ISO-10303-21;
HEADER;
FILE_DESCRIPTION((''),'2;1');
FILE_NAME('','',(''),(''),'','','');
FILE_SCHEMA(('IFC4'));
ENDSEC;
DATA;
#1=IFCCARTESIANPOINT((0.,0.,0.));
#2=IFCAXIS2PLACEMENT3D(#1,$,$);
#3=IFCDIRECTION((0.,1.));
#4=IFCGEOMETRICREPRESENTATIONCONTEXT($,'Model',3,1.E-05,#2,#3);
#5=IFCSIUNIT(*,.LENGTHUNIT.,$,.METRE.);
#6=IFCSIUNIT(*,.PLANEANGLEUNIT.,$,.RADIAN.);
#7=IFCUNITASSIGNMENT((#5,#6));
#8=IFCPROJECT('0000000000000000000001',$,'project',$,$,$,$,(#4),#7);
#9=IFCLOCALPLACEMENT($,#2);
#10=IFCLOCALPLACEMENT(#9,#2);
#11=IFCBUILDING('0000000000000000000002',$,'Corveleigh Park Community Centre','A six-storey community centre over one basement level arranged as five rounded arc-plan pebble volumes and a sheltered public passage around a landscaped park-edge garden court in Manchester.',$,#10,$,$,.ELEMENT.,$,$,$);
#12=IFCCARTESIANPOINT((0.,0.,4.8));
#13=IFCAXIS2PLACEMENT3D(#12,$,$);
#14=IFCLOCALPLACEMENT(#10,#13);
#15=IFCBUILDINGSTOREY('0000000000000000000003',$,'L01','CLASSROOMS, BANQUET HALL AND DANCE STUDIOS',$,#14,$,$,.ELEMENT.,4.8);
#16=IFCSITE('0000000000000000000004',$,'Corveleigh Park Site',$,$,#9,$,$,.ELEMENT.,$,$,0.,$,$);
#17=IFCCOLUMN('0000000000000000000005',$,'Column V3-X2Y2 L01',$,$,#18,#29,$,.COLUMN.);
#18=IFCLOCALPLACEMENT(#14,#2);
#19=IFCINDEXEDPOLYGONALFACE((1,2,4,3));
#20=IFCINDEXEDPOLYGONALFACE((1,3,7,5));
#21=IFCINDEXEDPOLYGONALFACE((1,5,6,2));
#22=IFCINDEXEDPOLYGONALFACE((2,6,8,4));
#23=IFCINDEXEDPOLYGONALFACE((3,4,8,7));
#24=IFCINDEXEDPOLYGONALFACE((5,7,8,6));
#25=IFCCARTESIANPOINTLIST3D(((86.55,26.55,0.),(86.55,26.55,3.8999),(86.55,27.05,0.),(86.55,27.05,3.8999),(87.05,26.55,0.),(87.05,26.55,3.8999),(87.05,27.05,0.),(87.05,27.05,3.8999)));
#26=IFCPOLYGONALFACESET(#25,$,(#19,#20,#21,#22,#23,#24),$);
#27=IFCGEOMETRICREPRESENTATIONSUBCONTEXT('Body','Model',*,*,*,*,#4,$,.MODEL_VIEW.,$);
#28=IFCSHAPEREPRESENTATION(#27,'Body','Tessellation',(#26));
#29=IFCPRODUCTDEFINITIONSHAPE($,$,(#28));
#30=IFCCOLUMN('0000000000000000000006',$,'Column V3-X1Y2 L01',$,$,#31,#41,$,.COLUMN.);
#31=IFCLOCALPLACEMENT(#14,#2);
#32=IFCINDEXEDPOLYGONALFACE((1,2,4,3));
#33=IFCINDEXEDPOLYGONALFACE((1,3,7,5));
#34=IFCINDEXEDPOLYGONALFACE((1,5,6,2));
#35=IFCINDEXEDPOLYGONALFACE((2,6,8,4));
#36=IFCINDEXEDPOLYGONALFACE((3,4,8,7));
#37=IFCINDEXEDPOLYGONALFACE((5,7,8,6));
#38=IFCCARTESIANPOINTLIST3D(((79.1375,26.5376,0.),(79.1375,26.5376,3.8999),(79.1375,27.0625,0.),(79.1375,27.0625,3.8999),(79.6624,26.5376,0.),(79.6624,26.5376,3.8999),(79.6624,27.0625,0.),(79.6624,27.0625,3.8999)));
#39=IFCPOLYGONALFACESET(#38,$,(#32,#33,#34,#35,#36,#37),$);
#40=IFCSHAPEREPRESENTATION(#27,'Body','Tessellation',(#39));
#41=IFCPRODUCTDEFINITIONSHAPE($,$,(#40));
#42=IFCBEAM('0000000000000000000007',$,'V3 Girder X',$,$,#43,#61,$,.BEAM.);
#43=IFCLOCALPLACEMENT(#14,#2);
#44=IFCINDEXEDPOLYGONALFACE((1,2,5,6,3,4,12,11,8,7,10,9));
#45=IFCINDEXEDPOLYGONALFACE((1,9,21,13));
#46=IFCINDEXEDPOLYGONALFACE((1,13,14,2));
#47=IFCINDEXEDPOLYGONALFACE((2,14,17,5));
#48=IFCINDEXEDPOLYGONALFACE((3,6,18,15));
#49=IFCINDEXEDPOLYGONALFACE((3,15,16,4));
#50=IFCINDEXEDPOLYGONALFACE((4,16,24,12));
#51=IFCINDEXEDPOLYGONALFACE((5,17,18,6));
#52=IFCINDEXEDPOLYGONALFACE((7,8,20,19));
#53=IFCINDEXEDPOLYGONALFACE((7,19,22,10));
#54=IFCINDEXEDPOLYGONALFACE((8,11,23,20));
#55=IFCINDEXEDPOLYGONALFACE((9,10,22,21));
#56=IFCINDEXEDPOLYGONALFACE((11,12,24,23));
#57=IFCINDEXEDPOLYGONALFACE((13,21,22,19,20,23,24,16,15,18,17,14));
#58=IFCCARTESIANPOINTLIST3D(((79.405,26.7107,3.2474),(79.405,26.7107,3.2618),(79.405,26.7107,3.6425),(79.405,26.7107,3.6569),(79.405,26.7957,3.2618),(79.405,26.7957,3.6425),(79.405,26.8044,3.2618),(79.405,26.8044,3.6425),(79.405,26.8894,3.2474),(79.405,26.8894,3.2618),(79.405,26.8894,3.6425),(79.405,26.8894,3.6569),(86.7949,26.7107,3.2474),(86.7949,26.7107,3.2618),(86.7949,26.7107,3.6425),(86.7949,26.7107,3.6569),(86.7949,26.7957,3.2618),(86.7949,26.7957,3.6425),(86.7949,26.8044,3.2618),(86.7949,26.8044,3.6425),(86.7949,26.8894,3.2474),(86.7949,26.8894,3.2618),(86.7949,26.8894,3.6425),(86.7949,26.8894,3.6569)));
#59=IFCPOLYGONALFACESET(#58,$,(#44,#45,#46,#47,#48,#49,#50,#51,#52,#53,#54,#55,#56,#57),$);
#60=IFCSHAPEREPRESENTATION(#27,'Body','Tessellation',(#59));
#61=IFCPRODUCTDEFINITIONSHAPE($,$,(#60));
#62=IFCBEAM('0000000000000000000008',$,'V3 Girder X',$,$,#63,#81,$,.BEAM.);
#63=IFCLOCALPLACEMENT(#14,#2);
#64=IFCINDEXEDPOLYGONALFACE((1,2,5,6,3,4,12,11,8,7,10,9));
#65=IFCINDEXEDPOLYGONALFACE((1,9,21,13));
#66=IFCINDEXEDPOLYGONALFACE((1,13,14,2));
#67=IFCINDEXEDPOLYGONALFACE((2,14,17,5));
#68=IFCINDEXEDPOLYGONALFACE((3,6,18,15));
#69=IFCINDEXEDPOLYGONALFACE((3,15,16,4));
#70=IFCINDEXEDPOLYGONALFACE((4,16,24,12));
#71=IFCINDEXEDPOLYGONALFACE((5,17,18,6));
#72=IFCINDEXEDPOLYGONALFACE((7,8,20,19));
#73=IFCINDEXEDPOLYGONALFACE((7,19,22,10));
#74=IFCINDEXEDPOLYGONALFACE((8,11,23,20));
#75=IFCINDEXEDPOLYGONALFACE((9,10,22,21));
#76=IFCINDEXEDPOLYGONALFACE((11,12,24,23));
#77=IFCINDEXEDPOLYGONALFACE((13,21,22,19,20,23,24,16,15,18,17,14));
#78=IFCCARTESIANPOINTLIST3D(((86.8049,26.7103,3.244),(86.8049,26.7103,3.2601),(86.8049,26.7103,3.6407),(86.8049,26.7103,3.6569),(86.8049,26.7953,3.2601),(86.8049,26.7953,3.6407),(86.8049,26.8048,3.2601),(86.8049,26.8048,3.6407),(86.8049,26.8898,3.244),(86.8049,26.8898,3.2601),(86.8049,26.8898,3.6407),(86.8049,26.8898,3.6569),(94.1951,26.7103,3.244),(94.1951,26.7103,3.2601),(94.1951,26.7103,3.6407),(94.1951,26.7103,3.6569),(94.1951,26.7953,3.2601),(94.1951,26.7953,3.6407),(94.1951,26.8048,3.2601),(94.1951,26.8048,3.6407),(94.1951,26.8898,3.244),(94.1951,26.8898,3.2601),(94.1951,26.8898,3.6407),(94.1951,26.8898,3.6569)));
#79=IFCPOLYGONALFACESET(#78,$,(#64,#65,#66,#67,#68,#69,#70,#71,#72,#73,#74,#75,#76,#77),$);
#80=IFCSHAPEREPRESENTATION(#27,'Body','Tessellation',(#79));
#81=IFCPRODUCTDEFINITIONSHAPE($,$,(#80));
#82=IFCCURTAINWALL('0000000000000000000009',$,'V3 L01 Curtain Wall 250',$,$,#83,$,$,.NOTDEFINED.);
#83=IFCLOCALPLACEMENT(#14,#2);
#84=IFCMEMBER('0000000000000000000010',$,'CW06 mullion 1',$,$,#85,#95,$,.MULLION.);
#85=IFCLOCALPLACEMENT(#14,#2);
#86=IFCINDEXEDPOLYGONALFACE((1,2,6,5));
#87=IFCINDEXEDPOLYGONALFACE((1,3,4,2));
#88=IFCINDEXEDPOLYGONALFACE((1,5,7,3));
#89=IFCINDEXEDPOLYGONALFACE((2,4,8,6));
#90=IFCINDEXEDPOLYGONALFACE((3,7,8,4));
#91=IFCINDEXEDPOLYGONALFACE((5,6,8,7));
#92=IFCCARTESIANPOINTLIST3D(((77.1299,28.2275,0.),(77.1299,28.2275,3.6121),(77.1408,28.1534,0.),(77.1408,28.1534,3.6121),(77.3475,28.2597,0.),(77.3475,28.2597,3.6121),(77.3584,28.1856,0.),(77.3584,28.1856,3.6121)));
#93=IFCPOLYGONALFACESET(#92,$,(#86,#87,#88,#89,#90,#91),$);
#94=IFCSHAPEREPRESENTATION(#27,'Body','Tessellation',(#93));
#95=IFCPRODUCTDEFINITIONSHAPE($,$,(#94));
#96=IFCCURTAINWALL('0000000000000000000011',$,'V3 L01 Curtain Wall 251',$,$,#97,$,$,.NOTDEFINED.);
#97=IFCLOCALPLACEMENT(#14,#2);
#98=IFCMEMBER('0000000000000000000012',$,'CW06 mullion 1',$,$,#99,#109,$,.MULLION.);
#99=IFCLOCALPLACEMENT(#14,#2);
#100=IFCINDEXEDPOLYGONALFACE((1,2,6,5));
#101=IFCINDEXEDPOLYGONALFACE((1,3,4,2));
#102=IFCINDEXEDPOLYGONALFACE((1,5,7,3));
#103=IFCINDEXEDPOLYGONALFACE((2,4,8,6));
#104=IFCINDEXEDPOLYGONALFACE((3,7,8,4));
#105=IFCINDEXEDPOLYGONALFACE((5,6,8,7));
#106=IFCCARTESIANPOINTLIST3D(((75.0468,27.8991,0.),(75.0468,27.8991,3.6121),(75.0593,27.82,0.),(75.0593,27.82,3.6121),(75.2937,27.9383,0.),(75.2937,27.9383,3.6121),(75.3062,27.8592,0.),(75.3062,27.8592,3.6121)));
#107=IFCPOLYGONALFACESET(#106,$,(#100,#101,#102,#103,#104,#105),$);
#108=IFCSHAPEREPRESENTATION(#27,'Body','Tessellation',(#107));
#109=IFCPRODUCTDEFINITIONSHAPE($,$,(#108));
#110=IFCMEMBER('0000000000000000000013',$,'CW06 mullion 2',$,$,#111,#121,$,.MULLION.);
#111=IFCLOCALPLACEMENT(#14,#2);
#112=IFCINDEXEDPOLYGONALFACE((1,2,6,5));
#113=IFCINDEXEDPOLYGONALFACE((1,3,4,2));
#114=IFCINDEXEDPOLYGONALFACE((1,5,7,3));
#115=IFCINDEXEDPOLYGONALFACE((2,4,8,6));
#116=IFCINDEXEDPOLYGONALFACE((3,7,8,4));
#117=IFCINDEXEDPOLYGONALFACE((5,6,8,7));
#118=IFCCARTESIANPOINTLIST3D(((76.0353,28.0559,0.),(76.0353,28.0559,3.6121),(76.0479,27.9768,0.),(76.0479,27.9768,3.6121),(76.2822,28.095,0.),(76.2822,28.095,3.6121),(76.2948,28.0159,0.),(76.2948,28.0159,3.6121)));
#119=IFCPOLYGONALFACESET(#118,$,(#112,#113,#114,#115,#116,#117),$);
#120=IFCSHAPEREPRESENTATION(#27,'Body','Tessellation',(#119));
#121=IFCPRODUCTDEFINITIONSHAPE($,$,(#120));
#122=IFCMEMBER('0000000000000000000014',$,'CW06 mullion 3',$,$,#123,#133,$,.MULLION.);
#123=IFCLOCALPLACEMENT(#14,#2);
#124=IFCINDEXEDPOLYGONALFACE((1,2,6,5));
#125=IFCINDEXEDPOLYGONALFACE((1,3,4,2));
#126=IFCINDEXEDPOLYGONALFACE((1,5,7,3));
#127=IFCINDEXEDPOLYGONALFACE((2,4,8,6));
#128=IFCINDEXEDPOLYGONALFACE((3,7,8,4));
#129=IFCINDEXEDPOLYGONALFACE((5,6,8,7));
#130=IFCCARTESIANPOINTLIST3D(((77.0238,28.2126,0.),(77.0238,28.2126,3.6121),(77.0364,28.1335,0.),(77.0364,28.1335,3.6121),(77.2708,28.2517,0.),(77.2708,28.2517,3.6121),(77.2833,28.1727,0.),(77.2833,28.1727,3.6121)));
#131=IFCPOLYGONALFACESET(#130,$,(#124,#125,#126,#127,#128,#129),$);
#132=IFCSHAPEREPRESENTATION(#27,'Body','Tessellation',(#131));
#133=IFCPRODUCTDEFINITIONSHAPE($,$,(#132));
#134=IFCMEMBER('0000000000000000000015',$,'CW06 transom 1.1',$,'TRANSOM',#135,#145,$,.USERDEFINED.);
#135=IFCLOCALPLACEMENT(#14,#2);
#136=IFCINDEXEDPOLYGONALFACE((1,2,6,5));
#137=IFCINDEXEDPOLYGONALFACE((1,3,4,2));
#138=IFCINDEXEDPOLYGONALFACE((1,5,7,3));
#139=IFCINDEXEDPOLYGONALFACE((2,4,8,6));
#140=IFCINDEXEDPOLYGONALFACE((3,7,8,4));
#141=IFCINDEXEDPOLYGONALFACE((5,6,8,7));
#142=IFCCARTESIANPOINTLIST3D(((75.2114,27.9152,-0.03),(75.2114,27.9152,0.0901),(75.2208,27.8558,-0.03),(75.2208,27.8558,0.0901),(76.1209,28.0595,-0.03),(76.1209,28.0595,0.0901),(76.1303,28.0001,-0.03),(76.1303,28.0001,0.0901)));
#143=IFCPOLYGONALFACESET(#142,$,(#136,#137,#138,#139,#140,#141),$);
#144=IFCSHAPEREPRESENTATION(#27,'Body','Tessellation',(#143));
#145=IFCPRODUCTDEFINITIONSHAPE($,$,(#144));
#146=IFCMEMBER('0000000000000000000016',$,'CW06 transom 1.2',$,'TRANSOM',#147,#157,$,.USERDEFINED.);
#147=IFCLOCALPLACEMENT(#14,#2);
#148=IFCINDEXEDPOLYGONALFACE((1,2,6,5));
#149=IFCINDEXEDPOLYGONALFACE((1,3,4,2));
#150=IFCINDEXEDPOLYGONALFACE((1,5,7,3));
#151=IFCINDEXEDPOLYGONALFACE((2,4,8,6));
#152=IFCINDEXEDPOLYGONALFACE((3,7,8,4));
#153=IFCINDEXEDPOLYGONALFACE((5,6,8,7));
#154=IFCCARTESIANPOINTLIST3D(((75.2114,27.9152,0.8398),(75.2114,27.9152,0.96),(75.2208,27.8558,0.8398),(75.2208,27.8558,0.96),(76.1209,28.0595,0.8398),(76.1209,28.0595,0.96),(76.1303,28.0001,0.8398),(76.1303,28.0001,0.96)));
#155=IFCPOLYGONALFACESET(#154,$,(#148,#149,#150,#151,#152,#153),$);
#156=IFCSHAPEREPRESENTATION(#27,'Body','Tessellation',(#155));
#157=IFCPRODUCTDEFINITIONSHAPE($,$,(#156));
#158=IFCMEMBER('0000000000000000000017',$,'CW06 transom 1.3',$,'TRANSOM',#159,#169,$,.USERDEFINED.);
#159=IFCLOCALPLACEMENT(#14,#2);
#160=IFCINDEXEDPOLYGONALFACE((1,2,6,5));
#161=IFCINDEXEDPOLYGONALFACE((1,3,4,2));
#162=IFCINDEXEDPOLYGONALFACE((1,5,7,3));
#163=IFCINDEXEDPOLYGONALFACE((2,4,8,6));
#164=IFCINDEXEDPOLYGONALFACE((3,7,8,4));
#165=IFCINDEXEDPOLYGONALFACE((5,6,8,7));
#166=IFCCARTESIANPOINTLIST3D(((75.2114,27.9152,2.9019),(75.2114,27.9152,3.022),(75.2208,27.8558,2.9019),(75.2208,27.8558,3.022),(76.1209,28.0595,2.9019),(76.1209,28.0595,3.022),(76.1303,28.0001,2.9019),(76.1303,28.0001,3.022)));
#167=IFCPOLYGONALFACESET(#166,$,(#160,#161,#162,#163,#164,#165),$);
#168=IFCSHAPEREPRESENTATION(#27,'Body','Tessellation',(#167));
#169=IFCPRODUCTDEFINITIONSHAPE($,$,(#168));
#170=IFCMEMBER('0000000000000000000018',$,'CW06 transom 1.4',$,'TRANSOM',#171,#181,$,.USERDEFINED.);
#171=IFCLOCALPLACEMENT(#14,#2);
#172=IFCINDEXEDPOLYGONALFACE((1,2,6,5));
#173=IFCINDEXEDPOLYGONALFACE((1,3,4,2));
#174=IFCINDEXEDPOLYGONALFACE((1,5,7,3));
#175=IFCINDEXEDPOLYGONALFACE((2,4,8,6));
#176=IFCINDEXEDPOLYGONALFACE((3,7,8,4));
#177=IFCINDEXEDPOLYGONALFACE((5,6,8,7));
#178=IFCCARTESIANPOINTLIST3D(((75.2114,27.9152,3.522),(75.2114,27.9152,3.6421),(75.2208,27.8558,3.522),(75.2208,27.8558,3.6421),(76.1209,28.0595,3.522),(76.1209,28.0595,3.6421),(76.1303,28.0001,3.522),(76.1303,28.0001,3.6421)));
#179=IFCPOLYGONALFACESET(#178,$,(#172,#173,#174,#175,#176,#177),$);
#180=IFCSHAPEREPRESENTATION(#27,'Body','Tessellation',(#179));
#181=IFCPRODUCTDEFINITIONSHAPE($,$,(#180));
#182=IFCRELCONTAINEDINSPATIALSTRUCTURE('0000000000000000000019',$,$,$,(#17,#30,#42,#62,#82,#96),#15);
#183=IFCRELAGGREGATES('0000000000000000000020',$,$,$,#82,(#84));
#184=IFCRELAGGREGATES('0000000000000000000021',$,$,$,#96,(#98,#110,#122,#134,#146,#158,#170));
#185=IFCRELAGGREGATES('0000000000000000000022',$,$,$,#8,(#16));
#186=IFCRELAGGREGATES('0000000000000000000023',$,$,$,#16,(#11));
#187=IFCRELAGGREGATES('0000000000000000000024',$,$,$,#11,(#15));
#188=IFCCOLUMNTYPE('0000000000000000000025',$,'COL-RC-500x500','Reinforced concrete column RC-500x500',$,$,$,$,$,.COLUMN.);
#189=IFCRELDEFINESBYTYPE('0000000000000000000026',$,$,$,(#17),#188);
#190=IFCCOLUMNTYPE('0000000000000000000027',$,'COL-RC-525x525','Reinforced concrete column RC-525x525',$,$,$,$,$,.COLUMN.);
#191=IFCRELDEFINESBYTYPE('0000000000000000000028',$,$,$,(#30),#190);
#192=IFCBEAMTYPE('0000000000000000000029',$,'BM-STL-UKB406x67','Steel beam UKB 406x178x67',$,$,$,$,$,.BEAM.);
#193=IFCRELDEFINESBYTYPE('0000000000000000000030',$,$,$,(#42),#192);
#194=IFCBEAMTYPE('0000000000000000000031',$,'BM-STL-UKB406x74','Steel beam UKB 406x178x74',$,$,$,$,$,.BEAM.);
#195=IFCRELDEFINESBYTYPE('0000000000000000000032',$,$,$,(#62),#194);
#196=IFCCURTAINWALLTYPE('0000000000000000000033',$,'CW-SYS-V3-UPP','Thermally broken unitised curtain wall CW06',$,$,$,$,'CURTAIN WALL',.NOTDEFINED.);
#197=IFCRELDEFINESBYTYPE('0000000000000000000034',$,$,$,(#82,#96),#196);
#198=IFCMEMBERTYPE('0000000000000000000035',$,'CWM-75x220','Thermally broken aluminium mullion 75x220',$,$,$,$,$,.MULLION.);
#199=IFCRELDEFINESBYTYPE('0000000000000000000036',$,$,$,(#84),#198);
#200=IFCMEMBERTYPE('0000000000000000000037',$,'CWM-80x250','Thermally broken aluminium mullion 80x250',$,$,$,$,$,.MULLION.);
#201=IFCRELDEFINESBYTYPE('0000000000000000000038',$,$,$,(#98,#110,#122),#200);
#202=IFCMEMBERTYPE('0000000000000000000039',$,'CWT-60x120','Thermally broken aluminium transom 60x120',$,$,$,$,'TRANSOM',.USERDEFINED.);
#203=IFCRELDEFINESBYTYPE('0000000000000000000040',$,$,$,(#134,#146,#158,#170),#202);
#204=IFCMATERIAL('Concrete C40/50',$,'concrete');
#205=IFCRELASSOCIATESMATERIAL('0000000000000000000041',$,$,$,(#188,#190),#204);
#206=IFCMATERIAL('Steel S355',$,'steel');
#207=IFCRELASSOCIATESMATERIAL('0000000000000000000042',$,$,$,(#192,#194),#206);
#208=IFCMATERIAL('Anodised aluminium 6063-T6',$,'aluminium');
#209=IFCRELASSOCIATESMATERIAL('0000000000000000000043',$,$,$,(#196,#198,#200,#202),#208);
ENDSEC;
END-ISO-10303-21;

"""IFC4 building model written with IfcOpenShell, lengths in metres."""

from ifc_helpers import new_model, si_unit, direction, frame, origin, origin_2d, place, context, subcontext, project, spatial, rectangle, i_section, extrude, material, material_profile, profile_set, type_object, element, aggregate, save


model = new_model("IFC4")

# Units and contexts
model_context = context("Model", 3, precision=1e-05, world=origin(), true_north=direction((0.0, 1.0)))
body_context = subcontext(model_context, "Body", "Model", "MODEL_VIEW")
ifc_project = project(units=[si_unit("LENGTHUNIT", "METRE"), si_unit("PLANEANGLEUNIT", "RADIAN")], contexts=[model_context])

# Site, building, storey
site_placement = place(None, origin())
site = spatial("IfcSite", under=ifc_project, at=site_placement, Name="Corveleigh Park Site", CompositionType="ELEMENT", RefElevation=0.0)
building_placement = place(site_placement, origin())
building = spatial("IfcBuilding", under=site, at=building_placement, Name="Corveleigh Park Community Centre", Description="A six-storey community centre over one basement level arranged as five rounded arc-plan pebble volumes and a sheltered public passage around a landscaped park-edge garden court in Manchester.", CompositionType="ELEMENT")
storey_placement = place(building_placement, frame((0.0, 0.0, 4.8)))
storey = spatial("IfcBuildingStorey", under=building, at=storey_placement, Name="L01", Description="CLASSROOMS, BANQUET HALL AND DANCE STUDIOS", CompositionType="ELEMENT", Elevation=4.8)

# Columns
ifc_material_1 = material(Name="Concrete C40/50", Category="concrete")
ifc_material_profile_1 = material_profile(ifc_material_1, rectangle(XDim=0.5, YDim=0.5, at=origin_2d()), Name="RC-500x500", Category="concrete")
ifc_profile_set_1 = profile_set([ifc_material_profile_1], Name="Concrete C40/50")
column_type_1 = type_object("IfcColumnType", Name="COL-RC-500x500", Description="Reinforced concrete column RC-500x500", PredefinedType="COLUMN", material=ifc_profile_set_1)
column_1_placement = place(storey_placement, frame((86.8, 26.8, 0.0), z_axis=(0.0, 0.0, 1.0), x_axis=(1.0, 0.0, 0.0)))
element("IfcColumn", 1, at=column_1_placement, inside=storey, type_object=column_type_1, Name="Column V3-X2Y2 L01", PredefinedType="COLUMN", context=body_context, shape_type="SweptSolid", body=[
    extrude(rectangle(XDim=0.5, YDim=0.5, at=origin_2d()), origin(), (0.0, 0.0, 1.0), 3.8999),
])
ifc_material_profile_2 = material_profile(ifc_material_1, rectangle(XDim=0.5249, YDim=0.5249, at=origin_2d()), Name="RC-525x525", Category="concrete")
ifc_profile_set_2 = profile_set([ifc_material_profile_2], Name="Concrete C40/50")
column_type_2 = type_object("IfcColumnType", Name="COL-RC-525x525", Description="Reinforced concrete column RC-525x525", PredefinedType="COLUMN", material=ifc_profile_set_2)
column_2_placement = place(storey_placement, frame((79.3999, 26.8, 0.0), z_axis=(0.0, 0.0, 1.0), x_axis=(1.0, 0.0, 0.0)))
element("IfcColumn", 2, at=column_2_placement, inside=storey, type_object=column_type_2, Name="Column V3-X1Y2 L01", PredefinedType="COLUMN", context=body_context, shape_type="SweptSolid", body=[
    extrude(rectangle(XDim=0.5249, YDim=0.5249, at=origin_2d()), origin(), (0.0, 0.0, 1.0), 3.8999),
])

# Beams
ifc_material_2 = material(Name="Steel S355", Category="steel")
ifc_material_profile_3 = material_profile(ifc_material_2, i_section(OverallWidth=0.1787, OverallDepth=0.4094, WebThickness=0.0088, FlangeThickness=0.0144, at=origin_2d()), Name="UKB 406x178x67", Category="steel")
ifc_profile_set_3 = profile_set([ifc_material_profile_3], Name="Steel S355")
beam_type_1 = type_object("IfcBeamType", Name="BM-STL-UKB406x67", Description="Steel beam UKB 406x178x67", PredefinedType="BEAM", material=ifc_profile_set_3)
beam_1_placement = place(storey_placement, frame((79.405, 26.8, 3.4521), z_axis=(1.0, 0.0, 0.0), x_axis=(0.0, 1.0, 0.0)))
element("IfcBeam", 3, at=beam_1_placement, inside=storey, type_object=beam_type_1, Name="V3 Girder X", PredefinedType="BEAM", context=body_context, shape_type="SweptSolid", body=[
    extrude(i_section(OverallWidth=0.1787, OverallDepth=0.4094, WebThickness=0.0088, FlangeThickness=0.0144, at=origin_2d()), origin(), (0.0, 0.0, 1.0), 7.3899),
])
ifc_material_profile_4 = material_profile(ifc_material_2, i_section(OverallWidth=0.1794, OverallDepth=0.4128, WebThickness=0.0095, FlangeThickness=0.0161, at=origin_2d()), Name="UKB 406x178x74", Category="steel")
ifc_profile_set_4 = profile_set([ifc_material_profile_4], Name="Steel S355")
beam_type_2 = type_object("IfcBeamType", Name="BM-STL-UKB406x74", Description="Steel beam UKB 406x178x74", PredefinedType="BEAM", material=ifc_profile_set_4)
beam_2_placement = place(storey_placement, frame((86.8049, 26.8, 3.4504), z_axis=(1.0, 0.0, 0.0), x_axis=(0.0, 1.0, 0.0)))
element("IfcBeam", 4, at=beam_2_placement, inside=storey, type_object=beam_type_2, Name="V3 Girder X", PredefinedType="BEAM", context=body_context, shape_type="SweptSolid", body=[
    extrude(i_section(OverallWidth=0.1794, OverallDepth=0.4128, WebThickness=0.0095, FlangeThickness=0.0161, at=origin_2d()), origin(), (0.0, 0.0, 1.0), 7.3901),
])

# Curtain wall, member
ifc_material_3 = material(Name="Anodised aluminium 6063-T6", Category="aluminium")
curtain_wall_type = type_object("IfcCurtainWallType", Name="CW-SYS-V3-UPP", Description="Thermally broken unitised curtain wall CW06", ElementType="CURTAIN WALL", PredefinedType="NOTDEFINED", material=ifc_material_3)
curtain_wall_1_placement = place(storey_placement, origin())
curtain_wall_1 = element("IfcCurtainWall", 5, at=curtain_wall_1_placement, inside=storey, type_object=curtain_wall_type, Name="V3 L01 Curtain Wall 250", PredefinedType="NOTDEFINED")
ifc_material_profile_5 = material_profile(ifc_material_3, rectangle(XDim=0.075, YDim=0.22, at=origin_2d()), Name="ALU-M75x220", Category="aluminium")
ifc_profile_set_5 = profile_set([ifc_material_profile_5], Name="Anodised aluminium 6063-T6")
member_type_1 = type_object("IfcMemberType", Name="CWM-75x220", Description="Thermally broken aluminium mullion 75x220", PredefinedType="MULLION", material=ifc_profile_set_5)
member_1_placement = place(storey_placement, frame((77.2441, 28.2065, 0.0), z_axis=(0.0, 0.0, 1.0), x_axis=(-0.146268, 0.989245, 0.0)))
member_1 = element("IfcMember", 6, at=member_1_placement, type_object=member_type_1, Name="CW06 mullion 1", PredefinedType="MULLION", context=body_context, shape_type="SweptSolid", body=[
    extrude(rectangle(XDim=0.075, YDim=0.22, at=origin_2d()), origin(), (0.0, 0.0, 1.0), 3.6121),
])

# Curtain wall, members
curtain_wall_2_placement = place(storey_placement, origin())
curtain_wall_2 = element("IfcCurtainWall", 7, at=curtain_wall_2_placement, inside=storey, type_object=curtain_wall_type, Name="V3 L01 Curtain Wall 251", PredefinedType="NOTDEFINED")
ifc_material_profile_6 = material_profile(ifc_material_3, rectangle(XDim=0.0801, YDim=0.25, at=origin_2d()), Name="ALU-M80x250", Category="aluminium")
ifc_profile_set_6 = profile_set([ifc_material_profile_6], Name="Anodised aluminium 6063-T6")
member_type_2 = type_object("IfcMemberType", Name="CWM-80x250", Description="Thermally broken aluminium mullion 80x250", PredefinedType="MULLION", material=ifc_profile_set_6)
member_2_placement = place(storey_placement, frame((75.1765, 27.8792, 0.0), z_axis=(0.0, 0.0, 1.0), x_axis=(-0.156604, 0.987661, 0.0)))
member_2 = element("IfcMember", 8, at=member_2_placement, type_object=member_type_2, Name="CW06 mullion 1", PredefinedType="MULLION", context=body_context, shape_type="SweptSolid", body=[
    extrude(rectangle(XDim=0.0801, YDim=0.25, at=origin_2d()), origin(), (0.0, 0.0, 1.0), 3.6121),
])
member_3_placement = place(storey_placement, frame((76.165, 28.0359, 0.0), z_axis=(0.0, 0.0, 1.0), x_axis=(-0.156604, 0.987661, 0.0)))
member_3 = element("IfcMember", 9, at=member_3_placement, type_object=member_type_2, Name="CW06 mullion 2", PredefinedType="MULLION", context=body_context, shape_type="SweptSolid", body=[
    extrude(rectangle(XDim=0.0801, YDim=0.25, at=origin_2d()), origin(), (0.0, 0.0, 1.0), 3.6121),
])
member_4_placement = place(storey_placement, frame((77.1536, 28.1926, 0.0), z_axis=(0.0, 0.0, 1.0), x_axis=(-0.156604, 0.987661, 0.0)))
member_4 = element("IfcMember", 10, at=member_4_placement, type_object=member_type_2, Name="CW06 mullion 3", PredefinedType="MULLION", context=body_context, shape_type="SweptSolid", body=[
    extrude(rectangle(XDim=0.0801, YDim=0.25, at=origin_2d()), origin(), (0.0, 0.0, 1.0), 3.6121),
])
ifc_material_profile_7 = material_profile(ifc_material_3, rectangle(XDim=0.0601, YDim=0.1201, at=origin_2d()), Name="ALU-T60x120", Category="aluminium")
ifc_profile_set_7 = profile_set([ifc_material_profile_7], Name="Anodised aluminium 6063-T6")
member_type_3 = type_object("IfcMemberType", Name="CWT-60x120", Description="Thermally broken aluminium transom 60x120", ElementType="TRANSOM", PredefinedType="USERDEFINED", material=ifc_profile_set_7)
member_5_placement = place(storey_placement, frame((75.2161, 27.8855, 0.03), z_axis=(0.987647, 0.156698, 0.0), x_axis=(-0.156698, 0.987647, 0.0)))
member_5 = element("IfcMember", 11, at=member_5_placement, type_object=member_type_3, Name="CW06 transom 1.1", ObjectType="TRANSOM", PredefinedType="USERDEFINED", context=body_context, shape_type="SweptSolid", body=[
    extrude(rectangle(XDim=0.0601, YDim=0.1201, at=origin_2d()), origin(), (0.0, 0.0, 1.0), 0.9209),
])
member_6_placement = place(storey_placement, frame((75.2161, 27.8855, 0.8999), z_axis=(0.987647, 0.156698, 0.0), x_axis=(-0.156698, 0.987647, 0.0)))
member_6 = element("IfcMember", 12, at=member_6_placement, type_object=member_type_3, Name="CW06 transom 1.2", ObjectType="TRANSOM", PredefinedType="USERDEFINED", context=body_context, shape_type="SweptSolid", body=[
    extrude(rectangle(XDim=0.0601, YDim=0.1201, at=origin_2d()), origin(), (0.0, 0.0, 1.0), 0.9209),
])
member_7_placement = place(storey_placement, frame((75.2161, 27.8855, 2.9619), z_axis=(0.987647, 0.156698, 0.0), x_axis=(-0.156698, 0.987647, 0.0)))
member_7 = element("IfcMember", 13, at=member_7_placement, type_object=member_type_3, Name="CW06 transom 1.3", ObjectType="TRANSOM", PredefinedType="USERDEFINED", context=body_context, shape_type="SweptSolid", body=[
    extrude(rectangle(XDim=0.0601, YDim=0.1201, at=origin_2d()), origin(), (0.0, 0.0, 1.0), 0.9209),
])
member_8_placement = place(storey_placement, frame((75.2161, 27.8855, 3.582), z_axis=(0.987647, 0.156698, 0.0), x_axis=(-0.156698, 0.987647, 0.0)))
member_8 = element("IfcMember", 14, at=member_8_placement, type_object=member_type_3, Name="CW06 transom 1.4", ObjectType="TRANSOM", PredefinedType="USERDEFINED", context=body_context, shape_type="SweptSolid", body=[
    extrude(rectangle(XDim=0.0601, YDim=0.1201, at=origin_2d()), origin(), (0.0, 0.0, 1.0), 0.9209),
])

aggregate(curtain_wall_1, [member_1])
aggregate(curtain_wall_2, [member_2, member_3, member_4, member_5, member_6, member_7, member_8])

save(model, "model.ifc")
